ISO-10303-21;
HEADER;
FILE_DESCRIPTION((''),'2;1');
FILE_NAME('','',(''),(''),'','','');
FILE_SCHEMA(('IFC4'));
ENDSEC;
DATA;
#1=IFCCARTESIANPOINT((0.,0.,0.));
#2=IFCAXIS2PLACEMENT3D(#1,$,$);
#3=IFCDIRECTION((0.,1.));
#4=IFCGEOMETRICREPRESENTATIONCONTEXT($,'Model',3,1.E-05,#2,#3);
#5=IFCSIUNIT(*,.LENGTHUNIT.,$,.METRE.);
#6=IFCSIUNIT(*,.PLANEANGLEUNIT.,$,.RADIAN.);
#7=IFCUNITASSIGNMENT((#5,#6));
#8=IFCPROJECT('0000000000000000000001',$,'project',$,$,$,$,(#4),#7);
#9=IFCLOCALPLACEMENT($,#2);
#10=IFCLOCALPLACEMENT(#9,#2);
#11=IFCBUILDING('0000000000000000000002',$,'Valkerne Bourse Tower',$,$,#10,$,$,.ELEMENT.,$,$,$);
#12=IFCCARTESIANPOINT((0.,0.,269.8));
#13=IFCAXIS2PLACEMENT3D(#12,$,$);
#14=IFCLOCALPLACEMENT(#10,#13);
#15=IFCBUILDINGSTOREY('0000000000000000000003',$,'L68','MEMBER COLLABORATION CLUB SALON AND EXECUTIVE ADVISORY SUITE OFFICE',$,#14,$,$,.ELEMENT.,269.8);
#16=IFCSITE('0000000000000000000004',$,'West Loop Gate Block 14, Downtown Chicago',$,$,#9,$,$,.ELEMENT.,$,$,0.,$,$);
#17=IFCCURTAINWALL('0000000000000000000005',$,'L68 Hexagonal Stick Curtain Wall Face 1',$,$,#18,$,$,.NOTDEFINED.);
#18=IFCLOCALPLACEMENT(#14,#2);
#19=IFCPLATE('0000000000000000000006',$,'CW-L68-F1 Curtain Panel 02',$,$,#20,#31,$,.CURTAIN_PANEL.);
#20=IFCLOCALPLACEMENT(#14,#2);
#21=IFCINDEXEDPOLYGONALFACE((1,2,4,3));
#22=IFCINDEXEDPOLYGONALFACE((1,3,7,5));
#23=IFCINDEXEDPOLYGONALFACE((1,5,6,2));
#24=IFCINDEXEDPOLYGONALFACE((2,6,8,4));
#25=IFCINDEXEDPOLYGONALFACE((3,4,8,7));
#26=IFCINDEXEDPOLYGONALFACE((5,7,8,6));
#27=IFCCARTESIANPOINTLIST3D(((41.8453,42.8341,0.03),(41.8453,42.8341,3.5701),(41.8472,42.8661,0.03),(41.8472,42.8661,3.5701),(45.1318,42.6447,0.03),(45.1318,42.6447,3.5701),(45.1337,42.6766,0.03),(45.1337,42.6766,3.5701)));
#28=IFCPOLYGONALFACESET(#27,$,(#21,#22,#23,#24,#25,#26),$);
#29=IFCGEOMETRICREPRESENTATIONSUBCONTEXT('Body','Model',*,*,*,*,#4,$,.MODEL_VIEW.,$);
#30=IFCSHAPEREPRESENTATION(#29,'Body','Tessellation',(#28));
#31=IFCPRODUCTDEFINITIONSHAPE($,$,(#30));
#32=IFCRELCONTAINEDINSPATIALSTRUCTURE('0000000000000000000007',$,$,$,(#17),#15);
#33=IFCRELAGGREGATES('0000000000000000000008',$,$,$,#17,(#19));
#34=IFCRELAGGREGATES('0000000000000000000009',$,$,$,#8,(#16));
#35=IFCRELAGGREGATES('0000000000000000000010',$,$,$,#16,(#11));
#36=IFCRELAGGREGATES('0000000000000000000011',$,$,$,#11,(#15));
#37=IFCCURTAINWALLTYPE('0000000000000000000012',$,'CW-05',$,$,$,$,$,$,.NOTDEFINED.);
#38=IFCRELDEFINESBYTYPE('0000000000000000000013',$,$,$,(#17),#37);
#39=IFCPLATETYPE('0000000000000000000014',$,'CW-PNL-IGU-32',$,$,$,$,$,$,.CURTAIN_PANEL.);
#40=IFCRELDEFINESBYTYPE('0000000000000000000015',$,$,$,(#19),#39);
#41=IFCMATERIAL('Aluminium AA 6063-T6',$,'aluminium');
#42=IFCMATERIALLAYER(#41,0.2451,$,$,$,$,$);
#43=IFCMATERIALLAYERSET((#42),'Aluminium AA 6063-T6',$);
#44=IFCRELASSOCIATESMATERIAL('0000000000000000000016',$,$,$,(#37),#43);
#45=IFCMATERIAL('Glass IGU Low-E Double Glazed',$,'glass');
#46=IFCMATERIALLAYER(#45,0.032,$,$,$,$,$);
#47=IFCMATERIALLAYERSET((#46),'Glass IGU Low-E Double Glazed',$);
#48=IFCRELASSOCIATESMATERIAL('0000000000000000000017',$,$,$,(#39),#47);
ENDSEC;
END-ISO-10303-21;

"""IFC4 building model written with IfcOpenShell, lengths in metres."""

from ifc_helpers import new_model, si_unit, direction, frame, origin, origin_2d, place, context, subcontext, project, spatial, rectangle, extrude, material, layer, layer_set, type_object, element, aggregate, save


model = new_model("IFC4")

# Units and contexts
model_context = context("Model", 3, precision=1e-05, world=origin(), true_north=direction((0.0, 1.0)))
body_context = subcontext(model_context, "Body", "Model", "MODEL_VIEW")
ifc_project = project(units=[si_unit("LENGTHUNIT", "METRE"), si_unit("PLANEANGLEUNIT", "RADIAN")], contexts=[model_context])

# Site, building, storey
site_placement = place(None, origin())
site = spatial("IfcSite", under=ifc_project, at=site_placement, Name="West Loop Gate Block 14, Downtown Chicago", CompositionType="ELEMENT", RefElevation=0.0)
building_placement = place(site_placement, origin())
building = spatial("IfcBuilding", under=site, at=building_placement, Name="Valkerne Bourse Tower", CompositionType="ELEMENT")
storey_placement = place(building_placement, frame((0.0, 0.0, 269.8)))
storey = spatial("IfcBuildingStorey", under=building, at=storey_placement, Name="L68", Description="MEMBER COLLABORATION CLUB SALON AND EXECUTIVE ADVISORY SUITE OFFICE", CompositionType="ELEMENT", Elevation=269.8)

# Curtain wall
ifc_material_1 = material(Name="Aluminium AA 6063-T6", Category="aluminium")
ifc_layer_1 = layer(ifc_material_1, 0.2451)
ifc_layer_set_1 = layer_set([ifc_layer_1], Name="Aluminium AA 6063-T6")
curtain_wall_type = type_object("IfcCurtainWallType", Name="CW-05", PredefinedType="NOTDEFINED", material=ifc_layer_set_1)
curtain_wall_placement = place(storey_placement, origin())
curtain_wall = element("IfcCurtainWall", 1, at=curtain_wall_placement, inside=storey, type_object=curtain_wall_type, Name="L68 Hexagonal Stick Curtain Wall Face 1", PredefinedType="NOTDEFINED")

# Plate
ifc_material_2 = material(Name="Glass IGU Low-E Double Glazed", Category="glass")
ifc_layer_2 = layer(ifc_material_2, 0.032)
ifc_layer_set_2 = layer_set([ifc_layer_2], Name="Glass IGU Low-E Double Glazed")
plate_type = type_object("IfcPlateType", Name="CW-PNL-IGU-32", PredefinedType="CURTAIN_PANEL", material=ifc_layer_set_2)
plate_1_placement = place(storey_placement, frame((43.4895, 42.7554, 0.03), z_axis=(0.0, 0.0, 1.0), x_axis=(-0.998343, 0.05755, 0.0)))
plate_1 = element("IfcPlate", 2, at=plate_1_placement, type_object=plate_type, Name="CW-L68-F1 Curtain Panel 02", PredefinedType="CURTAIN_PANEL", context=body_context, shape_type="SweptSolid", body=[
    extrude(rectangle(XDim=3.292, YDim=0.032, at=origin_2d()), origin(), (0.0, 0.0, 1.0), 3.54),
])
aggregate(curtain_wall, [plate_1])

save(model, "model.ifc")
